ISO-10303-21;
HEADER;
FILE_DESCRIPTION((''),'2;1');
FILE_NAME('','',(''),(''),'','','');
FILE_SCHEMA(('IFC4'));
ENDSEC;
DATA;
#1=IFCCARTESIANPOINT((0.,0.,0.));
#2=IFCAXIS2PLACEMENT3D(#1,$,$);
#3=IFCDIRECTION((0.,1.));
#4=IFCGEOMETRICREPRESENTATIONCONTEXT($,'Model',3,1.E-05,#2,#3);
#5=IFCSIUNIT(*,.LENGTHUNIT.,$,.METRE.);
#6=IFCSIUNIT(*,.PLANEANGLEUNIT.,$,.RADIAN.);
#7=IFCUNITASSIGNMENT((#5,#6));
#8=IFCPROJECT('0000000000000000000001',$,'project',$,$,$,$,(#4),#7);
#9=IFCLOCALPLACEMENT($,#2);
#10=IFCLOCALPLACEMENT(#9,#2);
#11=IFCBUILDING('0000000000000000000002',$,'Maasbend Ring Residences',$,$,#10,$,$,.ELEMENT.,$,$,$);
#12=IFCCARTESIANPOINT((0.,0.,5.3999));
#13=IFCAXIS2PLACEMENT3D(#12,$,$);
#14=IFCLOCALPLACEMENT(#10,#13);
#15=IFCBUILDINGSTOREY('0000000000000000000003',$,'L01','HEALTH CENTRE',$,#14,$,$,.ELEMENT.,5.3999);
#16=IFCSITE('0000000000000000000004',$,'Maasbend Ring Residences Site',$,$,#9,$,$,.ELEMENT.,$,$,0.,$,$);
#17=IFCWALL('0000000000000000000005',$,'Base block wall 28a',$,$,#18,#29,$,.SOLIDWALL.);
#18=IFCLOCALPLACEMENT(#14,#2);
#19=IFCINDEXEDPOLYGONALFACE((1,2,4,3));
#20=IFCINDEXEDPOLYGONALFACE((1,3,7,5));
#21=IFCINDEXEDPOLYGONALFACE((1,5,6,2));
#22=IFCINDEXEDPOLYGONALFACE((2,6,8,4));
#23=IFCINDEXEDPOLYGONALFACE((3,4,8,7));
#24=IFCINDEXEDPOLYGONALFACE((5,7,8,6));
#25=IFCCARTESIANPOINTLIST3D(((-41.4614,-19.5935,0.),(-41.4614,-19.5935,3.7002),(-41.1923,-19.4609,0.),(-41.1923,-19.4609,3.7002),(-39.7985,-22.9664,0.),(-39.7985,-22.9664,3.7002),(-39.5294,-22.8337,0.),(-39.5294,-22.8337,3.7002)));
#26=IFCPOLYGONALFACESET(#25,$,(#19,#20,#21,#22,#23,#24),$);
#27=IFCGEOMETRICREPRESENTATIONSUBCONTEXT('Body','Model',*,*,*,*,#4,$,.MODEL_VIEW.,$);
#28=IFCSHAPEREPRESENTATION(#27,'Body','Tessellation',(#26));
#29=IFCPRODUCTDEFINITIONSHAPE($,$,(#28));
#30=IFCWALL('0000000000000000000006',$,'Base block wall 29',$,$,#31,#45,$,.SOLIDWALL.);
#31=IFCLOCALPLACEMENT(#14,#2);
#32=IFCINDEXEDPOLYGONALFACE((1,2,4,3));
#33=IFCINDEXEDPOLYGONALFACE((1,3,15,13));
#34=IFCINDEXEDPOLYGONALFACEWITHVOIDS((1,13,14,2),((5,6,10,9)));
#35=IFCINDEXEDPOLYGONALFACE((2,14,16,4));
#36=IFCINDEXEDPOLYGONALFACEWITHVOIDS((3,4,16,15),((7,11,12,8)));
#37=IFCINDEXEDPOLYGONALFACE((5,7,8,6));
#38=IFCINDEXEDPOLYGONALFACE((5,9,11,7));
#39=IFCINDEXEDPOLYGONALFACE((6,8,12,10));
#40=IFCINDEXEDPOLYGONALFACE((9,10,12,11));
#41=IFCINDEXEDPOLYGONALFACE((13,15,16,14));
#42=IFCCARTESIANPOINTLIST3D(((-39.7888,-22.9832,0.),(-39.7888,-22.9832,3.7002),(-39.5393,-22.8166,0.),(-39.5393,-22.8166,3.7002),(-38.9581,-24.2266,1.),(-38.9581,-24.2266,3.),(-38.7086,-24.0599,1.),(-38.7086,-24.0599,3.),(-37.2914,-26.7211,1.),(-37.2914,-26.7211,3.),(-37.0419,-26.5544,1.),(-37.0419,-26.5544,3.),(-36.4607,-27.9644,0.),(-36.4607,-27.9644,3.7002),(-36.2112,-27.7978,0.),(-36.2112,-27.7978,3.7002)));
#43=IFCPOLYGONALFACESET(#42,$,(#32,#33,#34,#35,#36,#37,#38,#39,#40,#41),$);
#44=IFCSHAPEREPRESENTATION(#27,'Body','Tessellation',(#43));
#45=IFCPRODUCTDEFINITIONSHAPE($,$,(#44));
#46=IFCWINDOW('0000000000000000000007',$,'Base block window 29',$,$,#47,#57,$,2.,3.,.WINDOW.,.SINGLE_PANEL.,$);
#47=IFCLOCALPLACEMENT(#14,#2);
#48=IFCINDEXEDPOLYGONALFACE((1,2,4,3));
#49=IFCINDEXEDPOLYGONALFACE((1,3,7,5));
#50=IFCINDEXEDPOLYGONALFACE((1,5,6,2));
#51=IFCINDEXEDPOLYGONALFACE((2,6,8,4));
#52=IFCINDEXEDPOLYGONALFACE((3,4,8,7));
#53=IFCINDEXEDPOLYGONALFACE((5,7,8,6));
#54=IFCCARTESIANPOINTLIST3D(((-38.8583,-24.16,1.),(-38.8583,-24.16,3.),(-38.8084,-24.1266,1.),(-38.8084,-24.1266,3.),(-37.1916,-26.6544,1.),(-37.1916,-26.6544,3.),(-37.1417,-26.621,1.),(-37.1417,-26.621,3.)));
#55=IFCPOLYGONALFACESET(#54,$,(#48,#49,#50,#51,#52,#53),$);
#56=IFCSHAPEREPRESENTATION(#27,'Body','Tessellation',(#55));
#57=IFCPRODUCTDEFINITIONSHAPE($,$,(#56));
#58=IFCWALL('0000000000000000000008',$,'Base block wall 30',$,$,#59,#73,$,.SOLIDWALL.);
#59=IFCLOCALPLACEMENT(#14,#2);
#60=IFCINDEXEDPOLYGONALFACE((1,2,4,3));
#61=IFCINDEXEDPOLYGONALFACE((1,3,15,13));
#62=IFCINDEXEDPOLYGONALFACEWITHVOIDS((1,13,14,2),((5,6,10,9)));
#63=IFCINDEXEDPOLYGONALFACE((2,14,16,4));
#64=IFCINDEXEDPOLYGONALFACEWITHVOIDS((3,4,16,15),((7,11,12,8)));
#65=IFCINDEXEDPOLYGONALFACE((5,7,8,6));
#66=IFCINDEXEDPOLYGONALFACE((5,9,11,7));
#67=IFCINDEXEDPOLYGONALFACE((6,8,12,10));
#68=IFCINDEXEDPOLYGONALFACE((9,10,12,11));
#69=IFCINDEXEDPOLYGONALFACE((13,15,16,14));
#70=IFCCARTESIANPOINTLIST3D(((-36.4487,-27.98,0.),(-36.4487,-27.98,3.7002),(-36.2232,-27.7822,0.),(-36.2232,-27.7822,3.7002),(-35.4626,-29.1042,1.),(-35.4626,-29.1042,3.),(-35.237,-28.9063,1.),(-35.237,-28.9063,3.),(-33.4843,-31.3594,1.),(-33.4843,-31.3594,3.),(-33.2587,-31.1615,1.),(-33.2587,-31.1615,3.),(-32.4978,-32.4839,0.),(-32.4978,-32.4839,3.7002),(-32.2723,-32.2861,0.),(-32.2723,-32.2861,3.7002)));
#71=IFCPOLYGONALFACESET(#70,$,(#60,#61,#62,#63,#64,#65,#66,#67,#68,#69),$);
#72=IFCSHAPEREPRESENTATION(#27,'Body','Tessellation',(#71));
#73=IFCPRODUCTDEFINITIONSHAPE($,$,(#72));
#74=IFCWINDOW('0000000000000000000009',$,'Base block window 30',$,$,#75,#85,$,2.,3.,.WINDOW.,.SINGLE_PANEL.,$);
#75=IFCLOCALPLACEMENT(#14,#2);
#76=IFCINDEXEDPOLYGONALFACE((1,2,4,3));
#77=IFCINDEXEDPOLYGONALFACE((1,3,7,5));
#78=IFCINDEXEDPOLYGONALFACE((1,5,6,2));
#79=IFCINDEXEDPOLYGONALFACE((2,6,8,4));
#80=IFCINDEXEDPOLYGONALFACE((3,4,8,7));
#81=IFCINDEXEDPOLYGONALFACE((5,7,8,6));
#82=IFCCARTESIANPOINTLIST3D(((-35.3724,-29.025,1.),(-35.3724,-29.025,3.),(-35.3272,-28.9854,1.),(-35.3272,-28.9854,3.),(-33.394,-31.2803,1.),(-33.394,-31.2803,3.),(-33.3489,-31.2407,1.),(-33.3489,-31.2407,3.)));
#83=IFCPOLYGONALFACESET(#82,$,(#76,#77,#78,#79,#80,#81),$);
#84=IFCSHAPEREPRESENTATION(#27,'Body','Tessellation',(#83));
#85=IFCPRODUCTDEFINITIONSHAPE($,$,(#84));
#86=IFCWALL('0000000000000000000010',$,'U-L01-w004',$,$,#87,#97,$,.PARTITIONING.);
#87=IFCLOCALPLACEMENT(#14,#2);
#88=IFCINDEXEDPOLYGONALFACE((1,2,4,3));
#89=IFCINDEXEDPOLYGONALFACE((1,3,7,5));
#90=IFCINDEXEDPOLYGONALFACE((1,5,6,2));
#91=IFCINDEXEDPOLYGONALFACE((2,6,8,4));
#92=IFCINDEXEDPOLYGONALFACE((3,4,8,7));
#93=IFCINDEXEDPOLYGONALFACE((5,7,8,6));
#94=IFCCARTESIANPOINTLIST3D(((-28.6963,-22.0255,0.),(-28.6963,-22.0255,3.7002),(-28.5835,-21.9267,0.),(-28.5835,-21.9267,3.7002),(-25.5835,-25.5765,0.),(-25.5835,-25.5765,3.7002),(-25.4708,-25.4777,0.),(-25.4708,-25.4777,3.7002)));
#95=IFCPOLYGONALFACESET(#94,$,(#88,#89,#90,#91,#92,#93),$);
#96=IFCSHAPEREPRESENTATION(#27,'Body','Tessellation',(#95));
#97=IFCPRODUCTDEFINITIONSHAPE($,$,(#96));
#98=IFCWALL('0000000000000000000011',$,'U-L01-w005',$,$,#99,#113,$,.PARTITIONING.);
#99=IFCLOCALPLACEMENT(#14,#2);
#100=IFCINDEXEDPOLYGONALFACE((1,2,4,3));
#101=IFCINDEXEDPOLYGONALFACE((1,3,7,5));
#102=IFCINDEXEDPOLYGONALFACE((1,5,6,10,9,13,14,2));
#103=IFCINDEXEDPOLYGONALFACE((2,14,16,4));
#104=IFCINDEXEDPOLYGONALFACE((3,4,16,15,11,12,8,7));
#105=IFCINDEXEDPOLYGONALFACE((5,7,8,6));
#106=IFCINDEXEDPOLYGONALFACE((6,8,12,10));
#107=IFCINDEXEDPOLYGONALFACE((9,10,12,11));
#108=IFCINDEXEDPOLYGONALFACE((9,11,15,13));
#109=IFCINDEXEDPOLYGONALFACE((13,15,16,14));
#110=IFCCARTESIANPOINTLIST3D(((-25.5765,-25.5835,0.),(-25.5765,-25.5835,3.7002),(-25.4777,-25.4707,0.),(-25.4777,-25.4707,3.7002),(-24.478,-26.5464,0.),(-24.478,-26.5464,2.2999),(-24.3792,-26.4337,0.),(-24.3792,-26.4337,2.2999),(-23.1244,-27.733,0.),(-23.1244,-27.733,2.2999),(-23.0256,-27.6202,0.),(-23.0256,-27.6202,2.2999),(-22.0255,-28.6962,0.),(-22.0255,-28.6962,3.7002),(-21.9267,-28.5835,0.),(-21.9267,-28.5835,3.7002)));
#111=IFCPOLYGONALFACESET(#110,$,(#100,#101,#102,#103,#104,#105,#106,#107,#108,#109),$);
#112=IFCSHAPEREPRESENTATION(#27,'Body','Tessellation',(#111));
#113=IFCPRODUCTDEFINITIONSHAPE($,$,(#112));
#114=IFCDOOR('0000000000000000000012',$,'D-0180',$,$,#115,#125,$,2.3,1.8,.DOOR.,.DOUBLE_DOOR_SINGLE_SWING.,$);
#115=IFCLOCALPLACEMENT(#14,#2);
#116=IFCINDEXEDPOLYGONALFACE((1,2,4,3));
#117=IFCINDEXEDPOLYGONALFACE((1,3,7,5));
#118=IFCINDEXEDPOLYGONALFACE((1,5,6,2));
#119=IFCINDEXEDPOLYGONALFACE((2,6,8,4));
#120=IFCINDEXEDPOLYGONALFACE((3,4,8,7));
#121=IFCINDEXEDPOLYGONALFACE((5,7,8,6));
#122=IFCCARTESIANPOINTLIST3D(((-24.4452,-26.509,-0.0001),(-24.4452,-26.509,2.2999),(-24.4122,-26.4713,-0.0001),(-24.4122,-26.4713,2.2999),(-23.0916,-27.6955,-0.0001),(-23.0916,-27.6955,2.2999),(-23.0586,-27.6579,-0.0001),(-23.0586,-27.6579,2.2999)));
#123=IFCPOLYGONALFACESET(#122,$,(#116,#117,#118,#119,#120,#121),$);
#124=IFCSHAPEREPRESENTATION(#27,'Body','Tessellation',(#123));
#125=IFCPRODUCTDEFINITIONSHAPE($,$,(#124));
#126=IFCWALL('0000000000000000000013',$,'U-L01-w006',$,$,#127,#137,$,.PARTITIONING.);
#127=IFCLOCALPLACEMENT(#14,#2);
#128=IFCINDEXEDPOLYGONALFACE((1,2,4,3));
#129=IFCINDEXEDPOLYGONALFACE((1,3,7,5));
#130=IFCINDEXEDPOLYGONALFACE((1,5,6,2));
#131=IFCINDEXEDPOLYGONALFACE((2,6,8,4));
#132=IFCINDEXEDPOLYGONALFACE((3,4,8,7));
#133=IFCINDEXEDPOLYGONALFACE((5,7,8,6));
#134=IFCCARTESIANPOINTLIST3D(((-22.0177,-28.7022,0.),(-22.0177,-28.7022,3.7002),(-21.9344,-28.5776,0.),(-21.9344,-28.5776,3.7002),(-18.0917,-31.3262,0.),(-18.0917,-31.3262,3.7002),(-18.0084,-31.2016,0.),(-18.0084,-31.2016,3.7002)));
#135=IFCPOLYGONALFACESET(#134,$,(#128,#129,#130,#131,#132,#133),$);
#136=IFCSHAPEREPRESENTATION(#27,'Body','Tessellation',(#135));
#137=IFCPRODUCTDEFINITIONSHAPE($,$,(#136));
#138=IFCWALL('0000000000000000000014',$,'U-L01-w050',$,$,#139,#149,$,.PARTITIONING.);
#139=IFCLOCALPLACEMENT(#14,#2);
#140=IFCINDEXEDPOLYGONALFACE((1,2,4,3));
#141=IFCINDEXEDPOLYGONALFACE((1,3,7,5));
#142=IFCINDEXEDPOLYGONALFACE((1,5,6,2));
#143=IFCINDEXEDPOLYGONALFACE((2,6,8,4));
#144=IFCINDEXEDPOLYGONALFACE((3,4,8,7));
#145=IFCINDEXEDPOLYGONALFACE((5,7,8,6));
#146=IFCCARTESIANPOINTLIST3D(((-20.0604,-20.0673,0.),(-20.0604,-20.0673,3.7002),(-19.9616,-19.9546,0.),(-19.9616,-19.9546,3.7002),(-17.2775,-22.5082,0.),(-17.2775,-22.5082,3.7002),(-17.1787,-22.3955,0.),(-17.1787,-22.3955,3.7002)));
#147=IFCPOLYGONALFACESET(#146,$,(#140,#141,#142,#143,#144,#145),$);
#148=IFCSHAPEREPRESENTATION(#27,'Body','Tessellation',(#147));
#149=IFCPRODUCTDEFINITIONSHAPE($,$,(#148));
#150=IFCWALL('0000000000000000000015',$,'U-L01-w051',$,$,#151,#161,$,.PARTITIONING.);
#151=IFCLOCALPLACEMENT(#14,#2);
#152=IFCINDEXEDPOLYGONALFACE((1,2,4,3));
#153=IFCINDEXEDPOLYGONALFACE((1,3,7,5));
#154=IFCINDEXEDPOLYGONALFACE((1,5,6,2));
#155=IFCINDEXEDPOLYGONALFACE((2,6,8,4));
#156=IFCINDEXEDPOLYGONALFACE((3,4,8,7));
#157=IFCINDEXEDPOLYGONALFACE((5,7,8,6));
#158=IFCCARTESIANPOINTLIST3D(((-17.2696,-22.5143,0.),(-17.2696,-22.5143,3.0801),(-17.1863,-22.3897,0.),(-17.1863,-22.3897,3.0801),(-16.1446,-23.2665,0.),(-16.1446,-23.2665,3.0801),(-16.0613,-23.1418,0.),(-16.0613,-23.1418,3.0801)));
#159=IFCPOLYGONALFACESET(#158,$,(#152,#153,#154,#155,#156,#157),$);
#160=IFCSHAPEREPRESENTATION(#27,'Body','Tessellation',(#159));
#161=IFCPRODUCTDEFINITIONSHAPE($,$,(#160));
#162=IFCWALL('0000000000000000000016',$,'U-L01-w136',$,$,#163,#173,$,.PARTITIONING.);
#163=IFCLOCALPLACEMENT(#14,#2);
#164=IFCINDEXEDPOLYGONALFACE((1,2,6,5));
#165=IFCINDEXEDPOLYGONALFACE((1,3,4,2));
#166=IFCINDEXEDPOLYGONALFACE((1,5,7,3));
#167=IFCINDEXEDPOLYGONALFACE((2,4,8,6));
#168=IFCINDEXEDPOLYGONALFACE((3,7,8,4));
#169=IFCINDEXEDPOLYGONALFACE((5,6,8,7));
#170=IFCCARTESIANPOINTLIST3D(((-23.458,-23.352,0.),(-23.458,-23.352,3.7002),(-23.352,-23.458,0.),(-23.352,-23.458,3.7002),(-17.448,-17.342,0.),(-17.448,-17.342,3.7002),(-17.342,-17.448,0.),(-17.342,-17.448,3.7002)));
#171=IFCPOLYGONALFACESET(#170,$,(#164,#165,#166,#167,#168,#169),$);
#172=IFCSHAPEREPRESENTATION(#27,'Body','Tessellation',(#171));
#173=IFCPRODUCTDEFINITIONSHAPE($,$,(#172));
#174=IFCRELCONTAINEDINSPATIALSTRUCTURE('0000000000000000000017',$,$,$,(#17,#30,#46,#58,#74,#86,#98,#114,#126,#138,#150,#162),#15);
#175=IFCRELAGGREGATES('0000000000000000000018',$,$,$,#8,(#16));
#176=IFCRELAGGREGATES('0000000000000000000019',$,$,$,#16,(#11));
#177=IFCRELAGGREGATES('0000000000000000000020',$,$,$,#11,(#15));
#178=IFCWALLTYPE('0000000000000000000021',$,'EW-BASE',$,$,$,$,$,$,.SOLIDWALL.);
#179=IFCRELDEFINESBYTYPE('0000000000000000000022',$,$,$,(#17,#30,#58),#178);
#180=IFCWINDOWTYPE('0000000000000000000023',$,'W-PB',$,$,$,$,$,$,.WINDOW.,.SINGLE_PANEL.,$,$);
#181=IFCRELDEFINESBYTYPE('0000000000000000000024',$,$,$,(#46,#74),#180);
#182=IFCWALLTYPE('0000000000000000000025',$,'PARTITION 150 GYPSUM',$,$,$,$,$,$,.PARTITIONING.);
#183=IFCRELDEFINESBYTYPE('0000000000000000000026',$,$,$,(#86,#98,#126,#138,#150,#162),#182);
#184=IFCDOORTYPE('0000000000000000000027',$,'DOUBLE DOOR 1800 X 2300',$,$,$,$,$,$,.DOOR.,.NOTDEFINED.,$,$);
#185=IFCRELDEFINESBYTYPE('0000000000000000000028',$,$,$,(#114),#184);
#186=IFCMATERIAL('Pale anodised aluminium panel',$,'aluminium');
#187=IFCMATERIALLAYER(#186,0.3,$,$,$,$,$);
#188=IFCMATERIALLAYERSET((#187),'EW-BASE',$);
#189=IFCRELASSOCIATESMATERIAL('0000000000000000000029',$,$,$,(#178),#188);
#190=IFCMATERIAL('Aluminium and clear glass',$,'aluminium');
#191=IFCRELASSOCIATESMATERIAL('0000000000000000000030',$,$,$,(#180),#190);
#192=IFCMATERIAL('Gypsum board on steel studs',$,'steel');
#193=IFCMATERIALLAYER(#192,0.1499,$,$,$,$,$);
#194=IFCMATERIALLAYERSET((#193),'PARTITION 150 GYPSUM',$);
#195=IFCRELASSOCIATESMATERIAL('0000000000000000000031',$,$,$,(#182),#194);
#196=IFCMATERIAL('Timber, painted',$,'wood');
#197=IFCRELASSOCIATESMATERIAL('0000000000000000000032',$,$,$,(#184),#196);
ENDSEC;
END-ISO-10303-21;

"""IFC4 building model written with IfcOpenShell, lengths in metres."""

from ifc_helpers import new_model, si_unit, direction, frame, frame_2d, origin, place, context, subcontext, project, spatial, rectangle, extrude, material, layer, layer_set, type_object, element, fill, save


model = new_model("IFC4")

# Units and contexts
model_context = context("Model", 3, precision=1e-05, world=origin(), true_north=direction((0.0, 1.0)))
body_context = subcontext(model_context, "Body", "Model", "MODEL_VIEW")
ifc_project = project(units=[si_unit("LENGTHUNIT", "METRE"), si_unit("PLANEANGLEUNIT", "RADIAN")], contexts=[model_context])

# Site, building, storey
site_placement = place(None, origin())
site = spatial("IfcSite", under=ifc_project, at=site_placement, Name="Maasbend Ring Residences Site", CompositionType="ELEMENT", RefElevation=0.0)
building_placement = place(site_placement, origin())
building = spatial("IfcBuilding", under=site, at=building_placement, Name="Maasbend Ring Residences", CompositionType="ELEMENT")
storey_placement = place(building_placement, frame((0.0, 0.0, 5.3999)))
storey = spatial("IfcBuildingStorey", under=building, at=storey_placement, Name="L01", Description="HEALTH CENTRE", CompositionType="ELEMENT", Elevation=5.3999)

# Wall
ifc_material_1 = material(Name="Pale anodised aluminium panel", Category="aluminium")
ifc_layer_1 = layer(ifc_material_1, 0.3)
ifc_layer_set_1 = layer_set([ifc_layer_1], Name="EW-BASE")
wall_type_1 = type_object("IfcWallType", Name="EW-BASE", PredefinedType="SOLIDWALL", material=ifc_layer_set_1)
wall_1_placement = place(storey_placement, frame((-41.3269, -19.5271, 0.0), z_axis=(0.0, 0.0, 1.0), x_axis=(0.442194, -0.896919, 0.0)))
element("IfcWall", 1, at=wall_1_placement, inside=storey, type_object=wall_type_1, Name="Base block wall 28a", PredefinedType="SOLIDWALL", context=body_context, shape_type="SweptSolid", body=[
    extrude(rectangle(XDim=3.7605, YDim=0.3, at=frame_2d((1.8804, 0.0))), origin(), (0.0, 0.0, 1.0), 3.7002),
])

# Walls, openings, windows
wall_2_placement = place(storey_placement, frame((-39.6641, -22.8999, 0.0), z_axis=(0.0, 0.0, 1.0), x_axis=(0.555546, -0.831486, 0.0)))
wall_2 = element("IfcWall", 2, at=wall_2_placement, inside=storey, type_object=wall_type_1, Name="Base block wall 29", PredefinedType="SOLIDWALL", context=body_context, shape_type="SweptSolid", body=[
    extrude(rectangle(XDim=5.9907, YDim=0.3, at=frame_2d((2.9954, 0.0))), origin(), (0.0, 0.0, 1.0), 3.7002),
])
opening_1_placement = place(wall_2_placement, frame((1.4954, 0.0, 1.0)))
opening_1 = element("IfcOpeningElement", 3, at=opening_1_placement, cuts=wall_2, PredefinedType="OPENING", context=body_context, shape_type="SweptSolid", body=[
    extrude(rectangle(XDim=3.0, YDim=2.0, at=frame_2d((1.5, 1.0))), frame((0.0, 0.1602, 0.0), z_axis=(0.0, -1.0, 0.0), x_axis=(1.0, 0.0, 0.0)), (0.0, 0.0, 1.0), 0.3201),
])
ifc_material_2 = material(Name="Aluminium and clear glass", Category="aluminium")
window_type = type_object("IfcWindowType", Name="W-PB", PartitioningType="SINGLE_PANEL", PredefinedType="WINDOW", material=ifc_material_2)
window_1_placement = place(opening_1_placement, origin())
window_1 = element("IfcWindow", 4, at=window_1_placement, inside=storey, type_object=window_type, Name="Base block window 29", OverallHeight=2.0, OverallWidth=3.0, PartitioningType="SINGLE_PANEL", PredefinedType="WINDOW", context=body_context, shape_type="SweptSolid", body=[
    extrude(rectangle(XDim=3.0, YDim=2.0, at=frame_2d((1.5, 1.0))), frame((0.0, 0.03, 0.0), z_axis=(0.0, -1.0, 0.0), x_axis=(1.0, 0.0, 0.0)), (0.0, 0.0, 1.0), 0.0601),
])
fill(opening_1, window_1)
wall_3_placement = place(storey_placement, frame((-36.3359, -27.8811, 0.0), z_axis=(0.0, 0.0, 1.0), x_axis=(0.65945, -0.751748, 0.0)))
wall_3 = element("IfcWall", 5, at=wall_3_placement, inside=storey, type_object=wall_type_1, Name="Base block wall 30", PredefinedType="SOLIDWALL", context=body_context, shape_type="SweptSolid", body=[
    extrude(rectangle(XDim=5.9912, YDim=0.3, at=frame_2d((2.9956, 0.0))), origin(), (0.0, 0.0, 1.0), 3.7002),
])
opening_2_placement = place(wall_3_placement, frame((1.4954, 0.0, 1.0)))
opening_2 = element("IfcOpeningElement", 6, at=opening_2_placement, cuts=wall_3, PredefinedType="OPENING", context=body_context, shape_type="SweptSolid", body=[
    extrude(rectangle(XDim=3.0, YDim=2.0, at=frame_2d((1.5, 1.0))), frame((0.0, 0.1602, 0.0), z_axis=(0.0, -1.0, 0.0), x_axis=(1.0, 0.0, 0.0)), (0.0, 0.0, 1.0), 0.3201),
])
window_2_placement = place(opening_2_placement, origin())
window_2 = element("IfcWindow", 7, at=window_2_placement, inside=storey, type_object=window_type, Name="Base block window 30", OverallHeight=2.0, OverallWidth=3.0, PartitioningType="SINGLE_PANEL", PredefinedType="WINDOW", context=body_context, shape_type="SweptSolid", body=[
    extrude(rectangle(XDim=3.0, YDim=2.0, at=frame_2d((1.5, 1.0))), frame((0.0, 0.03, 0.0), z_axis=(0.0, -1.0, 0.0), x_axis=(1.0, 0.0, 0.0)), (0.0, 0.0, 1.0), 0.0601),
])
fill(opening_2, window_2)

# Wall
ifc_material_3 = material(Name="Gypsum board on steel studs", Category="steel")
ifc_layer_2 = layer(ifc_material_3, 0.1499)
ifc_layer_set_2 = layer_set([ifc_layer_2], Name="PARTITION 150 GYPSUM")
wall_type_2 = type_object("IfcWallType", Name="PARTITION 150 GYPSUM", PredefinedType="PARTITIONING", material=ifc_layer_set_2)
wall_4_placement = place(storey_placement, frame((-28.6399, -21.9761, 0.0), z_axis=(0.0, 0.0, 1.0), x_axis=(0.659181, -0.751984, 0.0)))
element("IfcWall", 8, at=wall_4_placement, inside=storey, type_object=wall_type_2, Name="U-L01-w004", PredefinedType="PARTITIONING", context=body_context, shape_type="SweptSolid", body=[
    extrude(rectangle(XDim=4.7222, YDim=0.1499, at=frame_2d((2.3611, 0.0))), origin(), (0.0, 0.0, 1.0), 3.7002),
])

# Wall, opening, door
wall_5_placement = place(storey_placement, frame((-25.5271, -25.5271, 0.0), z_axis=(0.0, 0.0, 1.0), x_axis=(0.751984, -0.659181, 0.0)))
wall_5 = element("IfcWall", 9, at=wall_5_placement, inside=storey, type_object=wall_type_2, Name="U-L01-w005", PredefinedType="PARTITIONING", context=body_context, shape_type="SweptSolid", body=[
    extrude(rectangle(XDim=4.7222, YDim=0.1499, at=frame_2d((2.3611, 0.0))), origin(), (0.0, 0.0, 1.0), 3.7002),
])
opening_3_placement = place(wall_5_placement, frame((1.4609, 0.0, 0.0)))
opening_3 = element("IfcOpeningElement", 10, at=opening_3_placement, cuts=wall_5, PredefinedType="OPENING", context=body_context, shape_type="SweptSolid", body=[
    extrude(rectangle(XDim=1.8, YDim=2.3, at=frame_2d((0.8999, 1.1499))), frame((0.0, 0.085, 0.0), z_axis=(0.0, -1.0, 0.0), x_axis=(1.0, 0.0, 0.0)), (0.0, 0.0, 1.0), 0.1699),
])
ifc_material_4 = material(Name="Timber, painted", Category="wood")
door_type_1 = type_object("IfcDoorType", Name="DOUBLE DOOR 1800 X 2300", OperationType="NOTDEFINED", PredefinedType="DOOR", material=ifc_material_4)
door_1_placement = place(opening_3_placement, origin())
door_1 = element("IfcDoor", 11, at=door_1_placement, inside=storey, type_object=door_type_1, Name="D-0180", OperationType="DOUBLE_DOOR_SINGLE_SWING", OverallHeight=2.3, OverallWidth=1.8, PredefinedType="DOOR", context=body_context, shape_type="SweptSolid", body=[
    extrude(rectangle(XDim=1.8, YDim=2.3, at=frame_2d((0.8999, 1.1499))), frame((0.0, 0.0249, 0.0), z_axis=(0.0, -1.0, 0.0), x_axis=(1.0, 0.0, 0.0)), (0.0, 0.0, 1.0), 0.05),
])
fill(opening_3, door_1)

# Walls
wall_6_placement = place(storey_placement, frame((-21.9761, -28.6399, 0.0), z_axis=(0.0, 0.0, 1.0), x_axis=(0.831397, -0.555678, 0.0)))
element("IfcWall", 12, at=wall_6_placement, inside=storey, type_object=wall_type_2, Name="U-L01-w006", PredefinedType="PARTITIONING", context=body_context, shape_type="SweptSolid", body=[
    extrude(rectangle(XDim=4.7222, YDim=0.1499, at=frame_2d((2.3611, 0.0))), origin(), (0.0, 0.0, 1.0), 3.7002),
])
wall_7_placement = place(storey_placement, frame((-20.011, -20.011, 0.0), z_axis=(0.0, 0.0, 1.0), x_axis=(0.751796, -0.659396, 0.0)))
element("IfcWall", 13, at=wall_7_placement, inside=storey, type_object=wall_type_2, Name="U-L01-w050", PredefinedType="PARTITIONING", context=body_context, shape_type="SweptSolid", body=[
    extrude(rectangle(XDim=3.7017, YDim=0.1499, at=frame_2d((1.8508, 0.0))), origin(), (0.0, 0.0, 1.0), 3.7002),
])
wall_8_placement = place(storey_placement, frame((-17.228, -22.4519, 0.0), z_axis=(0.0, 0.0, 1.0), x_axis=(0.8313, -0.555824, 0.0)))
element("IfcWall", 14, at=wall_8_placement, inside=storey, type_object=wall_type_2, Name="U-L01-w051", PredefinedType="PARTITIONING", context=body_context, shape_type="SweptSolid", body=[
    extrude(rectangle(XDim=1.3533, YDim=0.1499, at=frame_2d((0.6768, 0.0))), origin(), (0.0, 0.0, 1.0), 3.0801),
])
wall_9_placement = place(storey_placement, frame((-23.405, -23.405, 0.0), z_axis=(0.0, 0.0, 1.0), x_axis=(0.707107, 0.707107, 0.0)))
element("IfcWall", 15, at=wall_9_placement, inside=storey, type_object=wall_type_2, Name="U-L01-w136", PredefinedType="PARTITIONING", context=body_context, shape_type="SweptSolid", body=[
    extrude(rectangle(XDim=8.4995, YDim=0.1499, at=frame_2d((4.2498, 0.0))), origin(), (0.0, 0.0, 1.0), 3.7002),
])

save(model, "model.ifc")
